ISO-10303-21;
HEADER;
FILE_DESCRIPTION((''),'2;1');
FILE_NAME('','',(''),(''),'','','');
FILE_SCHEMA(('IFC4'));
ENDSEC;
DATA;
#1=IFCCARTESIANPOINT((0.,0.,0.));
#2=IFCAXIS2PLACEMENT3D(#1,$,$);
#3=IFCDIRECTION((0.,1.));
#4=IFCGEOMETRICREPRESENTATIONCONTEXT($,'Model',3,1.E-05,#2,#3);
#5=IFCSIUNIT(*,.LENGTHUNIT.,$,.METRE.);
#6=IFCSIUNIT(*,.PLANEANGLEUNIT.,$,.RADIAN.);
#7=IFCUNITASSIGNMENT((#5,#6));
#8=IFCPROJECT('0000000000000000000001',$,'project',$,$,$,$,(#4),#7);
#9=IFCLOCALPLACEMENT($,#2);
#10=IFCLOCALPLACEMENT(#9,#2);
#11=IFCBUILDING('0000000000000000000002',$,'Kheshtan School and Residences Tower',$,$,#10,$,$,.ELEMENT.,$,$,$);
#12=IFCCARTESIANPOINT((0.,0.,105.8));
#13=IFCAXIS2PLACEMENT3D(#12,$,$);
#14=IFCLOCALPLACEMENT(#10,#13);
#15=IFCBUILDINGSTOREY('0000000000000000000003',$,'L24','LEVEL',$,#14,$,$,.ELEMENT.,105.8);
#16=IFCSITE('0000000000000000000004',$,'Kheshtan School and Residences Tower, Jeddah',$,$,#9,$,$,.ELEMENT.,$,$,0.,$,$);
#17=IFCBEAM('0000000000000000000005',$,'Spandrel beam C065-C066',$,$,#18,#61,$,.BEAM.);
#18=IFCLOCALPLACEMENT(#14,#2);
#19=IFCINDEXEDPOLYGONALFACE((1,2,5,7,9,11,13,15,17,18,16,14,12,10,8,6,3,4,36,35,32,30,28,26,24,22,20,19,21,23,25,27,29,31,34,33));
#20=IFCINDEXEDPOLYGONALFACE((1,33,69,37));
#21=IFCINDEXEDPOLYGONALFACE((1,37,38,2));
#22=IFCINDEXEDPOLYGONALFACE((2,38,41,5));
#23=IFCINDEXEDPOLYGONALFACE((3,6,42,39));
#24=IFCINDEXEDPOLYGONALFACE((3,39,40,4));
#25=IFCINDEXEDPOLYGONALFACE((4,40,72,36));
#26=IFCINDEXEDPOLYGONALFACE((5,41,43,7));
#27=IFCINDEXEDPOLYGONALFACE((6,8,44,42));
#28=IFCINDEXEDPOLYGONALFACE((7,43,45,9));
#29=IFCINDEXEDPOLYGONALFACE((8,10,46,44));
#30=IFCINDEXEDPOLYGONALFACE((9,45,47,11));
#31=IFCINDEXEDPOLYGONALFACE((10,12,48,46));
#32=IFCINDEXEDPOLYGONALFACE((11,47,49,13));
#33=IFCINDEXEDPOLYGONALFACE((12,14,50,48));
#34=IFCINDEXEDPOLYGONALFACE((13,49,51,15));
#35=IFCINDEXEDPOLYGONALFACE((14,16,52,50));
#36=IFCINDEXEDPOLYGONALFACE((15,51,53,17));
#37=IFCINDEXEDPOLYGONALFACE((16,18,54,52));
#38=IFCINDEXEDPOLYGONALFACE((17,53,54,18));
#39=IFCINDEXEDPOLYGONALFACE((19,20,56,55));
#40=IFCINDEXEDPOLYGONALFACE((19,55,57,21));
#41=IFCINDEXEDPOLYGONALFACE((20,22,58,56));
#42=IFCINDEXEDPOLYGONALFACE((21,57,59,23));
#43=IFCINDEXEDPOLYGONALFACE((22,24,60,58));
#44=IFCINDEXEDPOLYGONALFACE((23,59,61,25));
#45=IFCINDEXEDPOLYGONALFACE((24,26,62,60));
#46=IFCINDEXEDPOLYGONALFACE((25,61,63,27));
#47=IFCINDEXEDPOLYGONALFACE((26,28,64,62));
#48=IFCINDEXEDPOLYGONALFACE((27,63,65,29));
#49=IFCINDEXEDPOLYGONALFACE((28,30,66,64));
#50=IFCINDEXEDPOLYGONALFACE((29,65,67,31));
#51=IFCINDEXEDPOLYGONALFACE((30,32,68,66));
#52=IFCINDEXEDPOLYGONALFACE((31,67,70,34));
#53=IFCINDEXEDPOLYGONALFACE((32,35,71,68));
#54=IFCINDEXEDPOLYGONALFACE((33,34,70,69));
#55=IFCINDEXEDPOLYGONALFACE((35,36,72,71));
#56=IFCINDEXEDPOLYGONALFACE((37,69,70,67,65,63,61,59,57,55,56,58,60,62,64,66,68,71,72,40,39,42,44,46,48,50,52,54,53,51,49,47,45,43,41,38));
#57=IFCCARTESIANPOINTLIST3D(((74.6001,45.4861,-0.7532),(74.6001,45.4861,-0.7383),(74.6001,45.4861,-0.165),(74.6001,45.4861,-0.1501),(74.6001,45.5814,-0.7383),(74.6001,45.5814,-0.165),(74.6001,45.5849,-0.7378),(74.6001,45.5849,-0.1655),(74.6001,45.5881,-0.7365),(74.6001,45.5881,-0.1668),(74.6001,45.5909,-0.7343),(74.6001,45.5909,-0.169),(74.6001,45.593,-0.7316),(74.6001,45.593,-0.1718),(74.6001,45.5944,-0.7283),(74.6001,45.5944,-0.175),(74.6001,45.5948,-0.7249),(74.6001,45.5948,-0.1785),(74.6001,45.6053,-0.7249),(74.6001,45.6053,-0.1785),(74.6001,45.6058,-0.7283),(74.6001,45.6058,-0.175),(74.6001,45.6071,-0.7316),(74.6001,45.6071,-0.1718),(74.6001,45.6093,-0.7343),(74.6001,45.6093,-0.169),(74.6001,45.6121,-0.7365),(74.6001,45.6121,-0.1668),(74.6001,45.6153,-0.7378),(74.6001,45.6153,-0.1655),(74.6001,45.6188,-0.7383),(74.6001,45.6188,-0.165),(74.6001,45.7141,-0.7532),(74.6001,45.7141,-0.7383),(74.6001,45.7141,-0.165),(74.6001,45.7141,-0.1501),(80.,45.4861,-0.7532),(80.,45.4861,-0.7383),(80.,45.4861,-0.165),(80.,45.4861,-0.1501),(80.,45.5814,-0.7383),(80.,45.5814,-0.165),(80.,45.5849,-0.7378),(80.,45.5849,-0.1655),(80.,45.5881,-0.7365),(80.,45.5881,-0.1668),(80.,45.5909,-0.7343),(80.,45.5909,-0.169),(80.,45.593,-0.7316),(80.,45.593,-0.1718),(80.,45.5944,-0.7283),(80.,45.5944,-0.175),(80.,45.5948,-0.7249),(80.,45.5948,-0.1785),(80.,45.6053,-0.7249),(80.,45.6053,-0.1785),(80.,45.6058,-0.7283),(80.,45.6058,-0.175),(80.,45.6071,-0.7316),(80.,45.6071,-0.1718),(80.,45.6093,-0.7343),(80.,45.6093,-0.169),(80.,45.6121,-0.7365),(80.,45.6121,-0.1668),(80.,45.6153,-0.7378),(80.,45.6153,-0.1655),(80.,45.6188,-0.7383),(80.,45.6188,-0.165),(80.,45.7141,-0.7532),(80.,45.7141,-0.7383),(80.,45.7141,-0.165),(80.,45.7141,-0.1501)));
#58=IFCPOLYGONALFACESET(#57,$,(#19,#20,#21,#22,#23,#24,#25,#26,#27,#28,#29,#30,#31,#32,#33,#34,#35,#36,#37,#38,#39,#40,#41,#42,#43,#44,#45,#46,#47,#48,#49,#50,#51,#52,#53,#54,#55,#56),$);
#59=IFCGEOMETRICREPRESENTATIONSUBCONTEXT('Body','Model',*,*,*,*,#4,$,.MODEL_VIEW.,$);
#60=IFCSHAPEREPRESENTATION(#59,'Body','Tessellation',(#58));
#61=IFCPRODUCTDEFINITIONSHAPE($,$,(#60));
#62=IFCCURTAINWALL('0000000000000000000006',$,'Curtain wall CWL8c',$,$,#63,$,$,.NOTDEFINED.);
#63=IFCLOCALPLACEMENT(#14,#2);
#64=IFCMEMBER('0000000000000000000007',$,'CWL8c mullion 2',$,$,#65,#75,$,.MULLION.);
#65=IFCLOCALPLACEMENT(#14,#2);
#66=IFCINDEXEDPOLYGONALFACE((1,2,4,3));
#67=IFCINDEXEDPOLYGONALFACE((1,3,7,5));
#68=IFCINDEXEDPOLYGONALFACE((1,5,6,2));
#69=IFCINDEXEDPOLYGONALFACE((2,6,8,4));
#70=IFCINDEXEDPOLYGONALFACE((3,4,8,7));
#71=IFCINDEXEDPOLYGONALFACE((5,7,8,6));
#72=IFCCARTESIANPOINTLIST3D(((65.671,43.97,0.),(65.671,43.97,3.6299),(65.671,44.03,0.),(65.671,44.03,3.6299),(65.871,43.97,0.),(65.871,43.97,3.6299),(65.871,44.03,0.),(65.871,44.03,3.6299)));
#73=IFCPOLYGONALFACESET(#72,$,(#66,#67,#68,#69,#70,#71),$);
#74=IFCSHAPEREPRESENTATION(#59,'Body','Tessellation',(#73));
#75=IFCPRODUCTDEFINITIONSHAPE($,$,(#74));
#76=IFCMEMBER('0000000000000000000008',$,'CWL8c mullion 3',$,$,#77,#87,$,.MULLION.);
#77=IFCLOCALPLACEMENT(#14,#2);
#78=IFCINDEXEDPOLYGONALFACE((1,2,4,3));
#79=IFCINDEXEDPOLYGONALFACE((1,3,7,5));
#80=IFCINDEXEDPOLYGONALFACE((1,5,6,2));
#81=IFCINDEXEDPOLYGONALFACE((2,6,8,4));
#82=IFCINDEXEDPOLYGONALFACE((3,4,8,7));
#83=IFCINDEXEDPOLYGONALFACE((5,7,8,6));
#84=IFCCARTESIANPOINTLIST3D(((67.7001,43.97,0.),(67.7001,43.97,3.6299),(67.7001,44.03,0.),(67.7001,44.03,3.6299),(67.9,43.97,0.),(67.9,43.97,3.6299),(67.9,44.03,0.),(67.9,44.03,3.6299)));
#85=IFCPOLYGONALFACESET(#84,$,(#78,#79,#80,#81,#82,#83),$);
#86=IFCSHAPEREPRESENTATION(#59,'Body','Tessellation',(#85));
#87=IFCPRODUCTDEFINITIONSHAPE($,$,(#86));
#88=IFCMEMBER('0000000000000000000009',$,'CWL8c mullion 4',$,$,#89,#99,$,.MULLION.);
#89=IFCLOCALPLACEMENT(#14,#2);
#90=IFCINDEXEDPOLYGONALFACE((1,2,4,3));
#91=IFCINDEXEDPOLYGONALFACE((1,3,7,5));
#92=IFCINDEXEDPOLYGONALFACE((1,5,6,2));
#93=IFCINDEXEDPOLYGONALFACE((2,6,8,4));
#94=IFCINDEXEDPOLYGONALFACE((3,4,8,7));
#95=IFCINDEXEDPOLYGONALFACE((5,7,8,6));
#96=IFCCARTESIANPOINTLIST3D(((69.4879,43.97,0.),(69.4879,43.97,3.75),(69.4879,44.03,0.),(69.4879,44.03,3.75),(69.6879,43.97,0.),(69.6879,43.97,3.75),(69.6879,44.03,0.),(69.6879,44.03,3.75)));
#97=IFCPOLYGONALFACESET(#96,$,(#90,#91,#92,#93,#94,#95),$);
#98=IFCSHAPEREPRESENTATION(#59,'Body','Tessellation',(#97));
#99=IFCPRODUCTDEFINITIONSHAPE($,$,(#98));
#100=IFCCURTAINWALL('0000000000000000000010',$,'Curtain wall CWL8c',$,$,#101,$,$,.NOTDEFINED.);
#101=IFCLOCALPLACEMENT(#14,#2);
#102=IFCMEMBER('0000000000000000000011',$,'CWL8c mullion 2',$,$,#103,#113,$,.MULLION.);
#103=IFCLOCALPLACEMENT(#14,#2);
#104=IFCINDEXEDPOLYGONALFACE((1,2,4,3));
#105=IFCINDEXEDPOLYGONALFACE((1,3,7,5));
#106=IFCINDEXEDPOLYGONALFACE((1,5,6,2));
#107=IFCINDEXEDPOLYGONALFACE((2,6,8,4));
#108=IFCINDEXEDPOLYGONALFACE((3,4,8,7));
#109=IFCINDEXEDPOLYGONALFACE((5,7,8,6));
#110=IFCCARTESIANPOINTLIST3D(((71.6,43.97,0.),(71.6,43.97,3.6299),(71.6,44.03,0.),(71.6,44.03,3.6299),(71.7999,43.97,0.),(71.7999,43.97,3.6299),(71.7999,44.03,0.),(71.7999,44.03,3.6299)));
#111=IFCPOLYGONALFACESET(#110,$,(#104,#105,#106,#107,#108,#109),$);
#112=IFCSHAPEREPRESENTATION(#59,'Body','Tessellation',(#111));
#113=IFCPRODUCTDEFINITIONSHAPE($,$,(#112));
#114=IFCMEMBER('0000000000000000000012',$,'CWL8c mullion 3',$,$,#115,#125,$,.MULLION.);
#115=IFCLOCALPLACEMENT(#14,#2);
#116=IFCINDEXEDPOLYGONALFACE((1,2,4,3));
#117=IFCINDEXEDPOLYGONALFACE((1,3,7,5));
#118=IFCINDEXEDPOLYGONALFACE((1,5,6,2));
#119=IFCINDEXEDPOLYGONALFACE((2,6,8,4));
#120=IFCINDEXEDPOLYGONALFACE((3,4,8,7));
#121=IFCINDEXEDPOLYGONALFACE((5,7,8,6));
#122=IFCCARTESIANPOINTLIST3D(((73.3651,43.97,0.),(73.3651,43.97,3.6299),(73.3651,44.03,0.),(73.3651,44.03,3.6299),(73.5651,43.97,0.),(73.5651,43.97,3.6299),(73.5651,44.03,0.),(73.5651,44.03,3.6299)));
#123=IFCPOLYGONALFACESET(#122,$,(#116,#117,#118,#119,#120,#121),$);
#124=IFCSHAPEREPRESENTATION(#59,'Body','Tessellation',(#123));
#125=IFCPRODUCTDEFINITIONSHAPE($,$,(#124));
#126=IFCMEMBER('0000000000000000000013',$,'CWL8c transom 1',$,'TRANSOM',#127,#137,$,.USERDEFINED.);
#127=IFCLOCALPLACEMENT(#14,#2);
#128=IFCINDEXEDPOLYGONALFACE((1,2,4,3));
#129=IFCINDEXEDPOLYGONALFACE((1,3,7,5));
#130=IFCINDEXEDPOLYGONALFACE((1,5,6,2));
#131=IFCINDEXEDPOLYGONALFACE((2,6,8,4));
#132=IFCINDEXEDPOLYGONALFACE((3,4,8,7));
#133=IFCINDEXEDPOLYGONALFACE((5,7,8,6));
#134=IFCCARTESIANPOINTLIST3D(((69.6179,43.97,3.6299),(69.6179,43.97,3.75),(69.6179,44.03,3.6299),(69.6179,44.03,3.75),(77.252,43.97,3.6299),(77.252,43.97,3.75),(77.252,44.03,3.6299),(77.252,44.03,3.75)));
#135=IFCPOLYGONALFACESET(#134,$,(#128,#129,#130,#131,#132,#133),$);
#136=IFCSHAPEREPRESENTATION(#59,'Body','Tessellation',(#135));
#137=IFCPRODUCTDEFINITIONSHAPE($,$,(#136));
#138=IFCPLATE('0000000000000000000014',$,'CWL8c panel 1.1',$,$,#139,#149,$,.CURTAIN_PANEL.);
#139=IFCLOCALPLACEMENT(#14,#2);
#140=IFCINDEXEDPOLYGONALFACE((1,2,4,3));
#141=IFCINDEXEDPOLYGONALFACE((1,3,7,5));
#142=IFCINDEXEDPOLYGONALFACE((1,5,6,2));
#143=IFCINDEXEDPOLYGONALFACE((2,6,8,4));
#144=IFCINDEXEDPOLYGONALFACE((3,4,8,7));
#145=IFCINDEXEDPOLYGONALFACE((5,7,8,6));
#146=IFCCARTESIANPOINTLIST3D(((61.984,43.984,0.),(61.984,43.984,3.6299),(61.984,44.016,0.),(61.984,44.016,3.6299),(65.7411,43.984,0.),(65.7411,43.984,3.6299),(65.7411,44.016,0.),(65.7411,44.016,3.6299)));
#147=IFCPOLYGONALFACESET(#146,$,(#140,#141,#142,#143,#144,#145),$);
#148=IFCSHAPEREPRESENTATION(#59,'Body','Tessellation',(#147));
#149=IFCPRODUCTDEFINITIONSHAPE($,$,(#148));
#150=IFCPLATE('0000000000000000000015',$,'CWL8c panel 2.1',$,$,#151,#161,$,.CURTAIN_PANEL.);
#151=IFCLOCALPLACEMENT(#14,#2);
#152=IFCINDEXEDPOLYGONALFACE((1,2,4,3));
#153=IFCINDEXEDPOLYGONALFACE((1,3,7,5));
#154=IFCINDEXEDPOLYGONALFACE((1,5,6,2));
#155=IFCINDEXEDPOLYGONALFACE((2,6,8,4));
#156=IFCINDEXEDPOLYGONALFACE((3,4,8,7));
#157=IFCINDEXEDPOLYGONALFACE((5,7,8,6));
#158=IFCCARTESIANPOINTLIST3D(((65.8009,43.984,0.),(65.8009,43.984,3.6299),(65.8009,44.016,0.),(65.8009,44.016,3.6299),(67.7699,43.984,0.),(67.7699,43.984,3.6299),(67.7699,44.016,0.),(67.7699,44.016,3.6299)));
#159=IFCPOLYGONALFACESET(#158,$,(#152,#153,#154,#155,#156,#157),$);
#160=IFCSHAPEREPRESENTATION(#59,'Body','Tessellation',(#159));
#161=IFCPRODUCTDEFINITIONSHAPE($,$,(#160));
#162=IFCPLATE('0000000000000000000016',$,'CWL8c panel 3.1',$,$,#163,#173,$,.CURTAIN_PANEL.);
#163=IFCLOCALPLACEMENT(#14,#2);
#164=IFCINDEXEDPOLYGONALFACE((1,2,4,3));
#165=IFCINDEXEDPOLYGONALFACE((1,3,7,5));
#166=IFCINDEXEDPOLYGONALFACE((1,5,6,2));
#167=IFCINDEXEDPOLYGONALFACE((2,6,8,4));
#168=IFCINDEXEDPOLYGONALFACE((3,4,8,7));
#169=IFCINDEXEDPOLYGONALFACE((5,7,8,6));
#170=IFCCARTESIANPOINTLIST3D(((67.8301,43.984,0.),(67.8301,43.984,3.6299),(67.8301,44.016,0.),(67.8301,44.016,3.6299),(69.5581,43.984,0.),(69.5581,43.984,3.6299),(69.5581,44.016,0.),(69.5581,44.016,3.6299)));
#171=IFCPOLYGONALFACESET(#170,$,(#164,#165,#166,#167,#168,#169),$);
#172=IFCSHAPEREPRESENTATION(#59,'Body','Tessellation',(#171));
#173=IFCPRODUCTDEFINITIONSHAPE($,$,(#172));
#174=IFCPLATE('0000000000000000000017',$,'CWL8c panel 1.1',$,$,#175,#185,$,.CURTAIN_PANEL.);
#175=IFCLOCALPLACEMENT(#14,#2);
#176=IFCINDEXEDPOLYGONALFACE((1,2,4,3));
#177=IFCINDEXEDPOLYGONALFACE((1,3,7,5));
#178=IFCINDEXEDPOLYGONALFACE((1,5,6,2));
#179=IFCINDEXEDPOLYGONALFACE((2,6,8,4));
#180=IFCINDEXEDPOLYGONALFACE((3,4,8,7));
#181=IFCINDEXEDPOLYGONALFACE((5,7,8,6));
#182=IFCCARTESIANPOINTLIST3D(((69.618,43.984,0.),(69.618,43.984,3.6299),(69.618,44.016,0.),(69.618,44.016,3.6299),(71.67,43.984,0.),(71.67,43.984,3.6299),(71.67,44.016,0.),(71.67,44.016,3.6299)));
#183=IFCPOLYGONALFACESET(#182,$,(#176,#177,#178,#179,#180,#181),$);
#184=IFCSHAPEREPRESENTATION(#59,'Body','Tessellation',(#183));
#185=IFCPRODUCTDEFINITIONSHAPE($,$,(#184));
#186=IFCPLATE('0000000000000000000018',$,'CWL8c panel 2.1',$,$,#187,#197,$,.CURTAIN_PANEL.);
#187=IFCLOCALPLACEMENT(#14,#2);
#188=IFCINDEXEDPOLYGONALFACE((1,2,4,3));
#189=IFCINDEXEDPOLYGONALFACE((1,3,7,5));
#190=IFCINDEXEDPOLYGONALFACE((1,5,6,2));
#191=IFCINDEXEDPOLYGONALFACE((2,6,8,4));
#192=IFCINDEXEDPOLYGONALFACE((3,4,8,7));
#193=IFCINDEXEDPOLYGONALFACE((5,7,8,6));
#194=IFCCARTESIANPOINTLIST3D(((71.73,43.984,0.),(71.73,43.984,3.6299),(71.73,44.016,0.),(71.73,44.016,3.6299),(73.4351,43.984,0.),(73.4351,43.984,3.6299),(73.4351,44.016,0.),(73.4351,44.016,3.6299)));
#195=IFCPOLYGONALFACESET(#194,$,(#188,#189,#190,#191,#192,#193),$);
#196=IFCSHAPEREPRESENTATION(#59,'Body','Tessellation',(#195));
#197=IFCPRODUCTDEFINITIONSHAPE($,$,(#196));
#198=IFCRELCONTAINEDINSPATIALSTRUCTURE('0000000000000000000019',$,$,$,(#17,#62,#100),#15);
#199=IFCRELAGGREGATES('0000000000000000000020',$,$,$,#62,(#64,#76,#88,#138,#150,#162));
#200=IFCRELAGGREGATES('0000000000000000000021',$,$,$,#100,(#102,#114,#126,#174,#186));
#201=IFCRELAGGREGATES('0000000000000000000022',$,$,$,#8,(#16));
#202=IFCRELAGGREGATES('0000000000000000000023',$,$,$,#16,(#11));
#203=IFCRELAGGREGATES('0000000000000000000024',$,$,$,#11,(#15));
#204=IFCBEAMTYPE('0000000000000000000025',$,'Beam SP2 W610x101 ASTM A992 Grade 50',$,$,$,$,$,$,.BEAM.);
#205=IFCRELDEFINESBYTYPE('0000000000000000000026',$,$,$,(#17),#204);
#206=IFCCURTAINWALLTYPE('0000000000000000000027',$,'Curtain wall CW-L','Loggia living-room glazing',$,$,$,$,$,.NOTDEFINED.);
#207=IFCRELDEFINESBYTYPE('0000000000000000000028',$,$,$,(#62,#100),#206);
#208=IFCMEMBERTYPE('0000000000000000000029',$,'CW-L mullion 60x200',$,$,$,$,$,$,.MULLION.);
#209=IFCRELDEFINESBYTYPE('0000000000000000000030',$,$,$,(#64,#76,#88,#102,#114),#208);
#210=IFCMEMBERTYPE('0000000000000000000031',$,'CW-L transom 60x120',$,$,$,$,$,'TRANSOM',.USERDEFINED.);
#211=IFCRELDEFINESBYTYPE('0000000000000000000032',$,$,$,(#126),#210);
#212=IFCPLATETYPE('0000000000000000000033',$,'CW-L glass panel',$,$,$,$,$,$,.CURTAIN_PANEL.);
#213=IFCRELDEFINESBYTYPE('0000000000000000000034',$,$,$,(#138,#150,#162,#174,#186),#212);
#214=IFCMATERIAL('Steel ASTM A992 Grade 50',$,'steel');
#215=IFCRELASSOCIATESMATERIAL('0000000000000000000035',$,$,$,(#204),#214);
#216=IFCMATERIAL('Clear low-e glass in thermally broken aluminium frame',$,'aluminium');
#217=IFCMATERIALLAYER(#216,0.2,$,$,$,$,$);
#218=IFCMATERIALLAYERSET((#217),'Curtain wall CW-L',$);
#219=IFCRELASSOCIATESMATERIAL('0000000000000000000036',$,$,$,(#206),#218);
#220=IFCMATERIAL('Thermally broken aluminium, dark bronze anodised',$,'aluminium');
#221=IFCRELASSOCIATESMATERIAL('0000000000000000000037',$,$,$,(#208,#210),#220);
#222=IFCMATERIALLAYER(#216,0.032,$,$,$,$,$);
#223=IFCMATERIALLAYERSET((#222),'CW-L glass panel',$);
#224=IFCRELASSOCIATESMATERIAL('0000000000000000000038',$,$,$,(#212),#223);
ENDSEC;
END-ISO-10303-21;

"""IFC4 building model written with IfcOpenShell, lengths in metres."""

from ifc_helpers import new_model, si_unit, direction, frame, origin, origin_2d, place, context, subcontext, project, spatial, rectangle, i_section, extrude, material, layer, layer_set, material_profile, profile_set, type_object, element, aggregate, save


model = new_model("IFC4")

# Units and contexts
model_context = context("Model", 3, precision=1e-05, world=origin(), true_north=direction((0.0, 1.0)))
body_context = subcontext(model_context, "Body", "Model", "MODEL_VIEW")
ifc_project = project(units=[si_unit("LENGTHUNIT", "METRE"), si_unit("PLANEANGLEUNIT", "RADIAN")], contexts=[model_context])

# Site, building, storey
site_placement = place(None, origin())
site = spatial("IfcSite", under=ifc_project, at=site_placement, Name="Kheshtan School and Residences Tower, Jeddah", CompositionType="ELEMENT", RefElevation=0.0)
building_placement = place(site_placement, origin())
building = spatial("IfcBuilding", under=site, at=building_placement, Name="Kheshtan School and Residences Tower", CompositionType="ELEMENT")
storey_placement = place(building_placement, frame((0.0, 0.0, 105.8)))
storey = spatial("IfcBuildingStorey", under=building, at=storey_placement, Name="L24", Description="LEVEL", CompositionType="ELEMENT", Elevation=105.8)

# Shared definitions
ifc_material_1 = material(Name="Steel ASTM A992 Grade 50", Category="steel")

# Beam
ifc_material_profile_1 = material_profile(ifc_material_1, i_section(OverallWidth=0.228, OverallDepth=0.603, WebThickness=0.0105, FlangeThickness=0.0149, FilletRadius=0.0134, at=origin_2d()), Name="W610x101")
ifc_profile_set_1 = profile_set([ifc_material_profile_1], Name="Steel ASTM A992 Grade 50")
beam_type_1 = type_object("IfcBeamType", Name="Beam SP2 W610x101 ASTM A992 Grade 50", PredefinedType="BEAM", material=ifc_profile_set_1)
beam_1_placement = place(storey_placement, frame((74.6001, 45.6001, -0.4517), z_axis=(1.0, 0.0, 0.0), x_axis=(0.0, 1.0, 0.0)))
element("IfcBeam", 1, at=beam_1_placement, inside=storey, type_object=beam_type_1, Name="Spandrel beam C065-C066", PredefinedType="BEAM", context=body_context, shape_type="SweptSolid", body=[
    extrude(i_section(OverallWidth=0.228, OverallDepth=0.603, WebThickness=0.0105, FlangeThickness=0.0149, FilletRadius=0.0134, at=origin_2d()), origin(), (0.0, 0.0, 1.0), 5.3999),
])

# Curtain walls, members
ifc_material_2 = material(Name="Clear low-e glass in thermally broken aluminium frame", Category="aluminium")
ifc_layer_1 = layer(ifc_material_2, 0.2)
ifc_layer_set_1 = layer_set([ifc_layer_1], Name="Curtain wall CW-L")
curtain_wall_type = type_object("IfcCurtainWallType", Name="Curtain wall CW-L", Description="Loggia living-room glazing", PredefinedType="NOTDEFINED", material=ifc_layer_set_1)
curtain_wall_1_placement = place(storey_placement, origin())
curtain_wall_1 = element("IfcCurtainWall", 2, at=curtain_wall_1_placement, inside=storey, type_object=curtain_wall_type, Name="Curtain wall CWL8c", PredefinedType="NOTDEFINED")
ifc_material_3 = material(Name="Thermally broken aluminium, dark bronze anodised", Category="aluminium")
ifc_material_profile_2 = material_profile(ifc_material_3, rectangle(XDim=0.0601, YDim=0.2, at=origin_2d()), Name="CW-L mullion 60x200")
ifc_profile_set_2 = profile_set([ifc_material_profile_2], Name="Thermally broken aluminium, dark bronze anodised")
member_type_1 = type_object("IfcMemberType", Name="CW-L mullion 60x200", PredefinedType="MULLION", material=ifc_profile_set_2)
member_1_placement = place(storey_placement, frame((65.771, 44.0, 0.0), z_axis=(0.0, 0.0, 1.0), x_axis=(0.0, 1.0, 0.0)))
member_1 = element("IfcMember", 3, at=member_1_placement, type_object=member_type_1, Name="CWL8c mullion 2", PredefinedType="MULLION", context=body_context, shape_type="SweptSolid", body=[
    extrude(rectangle(XDim=0.0601, YDim=0.2, at=origin_2d()), origin(), (0.0, 0.0, 1.0), 3.6299),
])
member_2_placement = place(storey_placement, frame((67.8, 44.0, 0.0), z_axis=(0.0, 0.0, 1.0), x_axis=(0.0, 1.0, 0.0)))
member_2 = element("IfcMember", 4, at=member_2_placement, type_object=member_type_1, Name="CWL8c mullion 3", PredefinedType="MULLION", context=body_context, shape_type="SweptSolid", body=[
    extrude(rectangle(XDim=0.0601, YDim=0.2, at=origin_2d()), origin(), (0.0, 0.0, 1.0), 3.6299),
])
member_3_placement = place(storey_placement, frame((69.5879, 44.0, 0.0), z_axis=(0.0, 0.0, 1.0), x_axis=(0.0, 1.0, 0.0)))
member_3 = element("IfcMember", 5, at=member_3_placement, type_object=member_type_1, Name="CWL8c mullion 4", PredefinedType="MULLION", context=body_context, shape_type="SweptSolid", body=[
    extrude(rectangle(XDim=0.0601, YDim=0.2, at=origin_2d()), origin(), (0.0, 0.0, 1.0), 3.75),
])
curtain_wall_2_placement = place(storey_placement, origin())
curtain_wall_2 = element("IfcCurtainWall", 6, at=curtain_wall_2_placement, inside=storey, type_object=curtain_wall_type, Name="Curtain wall CWL8c", PredefinedType="NOTDEFINED")
member_4_placement = place(storey_placement, frame((71.7, 44.0, 0.0), z_axis=(0.0, 0.0, 1.0), x_axis=(0.0, 1.0, 0.0)))
member_4 = element("IfcMember", 7, at=member_4_placement, type_object=member_type_1, Name="CWL8c mullion 2", PredefinedType="MULLION", context=body_context, shape_type="SweptSolid", body=[
    extrude(rectangle(XDim=0.0601, YDim=0.2, at=origin_2d()), origin(), (0.0, 0.0, 1.0), 3.6299),
])
member_5_placement = place(storey_placement, frame((73.4651, 44.0, 0.0), z_axis=(0.0, 0.0, 1.0), x_axis=(0.0, 1.0, 0.0)))
member_5 = element("IfcMember", 8, at=member_5_placement, type_object=member_type_1, Name="CWL8c mullion 3", PredefinedType="MULLION", context=body_context, shape_type="SweptSolid", body=[
    extrude(rectangle(XDim=0.0601, YDim=0.2, at=origin_2d()), origin(), (0.0, 0.0, 1.0), 3.6299),
])
ifc_material_profile_3 = material_profile(ifc_material_3, rectangle(XDim=0.0601, YDim=0.1201, at=origin_2d()), Name="CW-L transom 60x120")
ifc_profile_set_3 = profile_set([ifc_material_profile_3], Name="Thermally broken aluminium, dark bronze anodised")
member_type_2 = type_object("IfcMemberType", Name="CW-L transom 60x120", ElementType="TRANSOM", PredefinedType="USERDEFINED", material=ifc_profile_set_3)
member_6_placement = place(storey_placement, frame((69.6179, 44.0, 3.6899), z_axis=(1.0, 0.0, 0.0), x_axis=(0.0, 1.0, 0.0)))
member_6 = element("IfcMember", 9, at=member_6_placement, type_object=member_type_2, Name="CWL8c transom 1", ObjectType="TRANSOM", PredefinedType="USERDEFINED", context=body_context, shape_type="SweptSolid", body=[
    extrude(rectangle(XDim=0.0601, YDim=0.1201, at=origin_2d()), origin(), (0.0, 0.0, 1.0), 7.634),
])

# Plates
ifc_layer_2 = layer(ifc_material_2, 0.032)
ifc_layer_set_2 = layer_set([ifc_layer_2], Name="CW-L glass panel")
plate_type = type_object("IfcPlateType", Name="CW-L glass panel", PredefinedType="CURTAIN_PANEL", material=ifc_layer_set_2)
plate_1_placement = place(storey_placement, frame((63.8625, 44.0, 0.0), z_axis=(0.0, 0.0, 1.0), x_axis=(1.0, 0.0, 0.0)))
plate_1 = element("IfcPlate", 10, at=plate_1_placement, type_object=plate_type, Name="CWL8c panel 1.1", PredefinedType="CURTAIN_PANEL", context=body_context, shape_type="SweptSolid", body=[
    extrude(rectangle(XDim=3.7571, YDim=0.032, at=origin_2d()), origin(), (0.0, 0.0, 1.0), 3.6299),
])
plate_2_placement = place(storey_placement, frame((66.7854, 44.0, 0.0), z_axis=(0.0, 0.0, 1.0), x_axis=(1.0, 0.0, 0.0)))
plate_2 = element("IfcPlate", 11, at=plate_2_placement, type_object=plate_type, Name="CWL8c panel 2.1", PredefinedType="CURTAIN_PANEL", context=body_context, shape_type="SweptSolid", body=[
    extrude(rectangle(XDim=1.969, YDim=0.032, at=origin_2d()), origin(), (0.0, 0.0, 1.0), 3.6299),
])
plate_3_placement = place(storey_placement, frame((68.6941, 44.0, 0.0), z_axis=(0.0, 0.0, 1.0), x_axis=(1.0, 0.0, 0.0)))
plate_3 = element("IfcPlate", 12, at=plate_3_placement, type_object=plate_type, Name="CWL8c panel 3.1", PredefinedType="CURTAIN_PANEL", context=body_context, shape_type="SweptSolid", body=[
    extrude(rectangle(XDim=1.728, YDim=0.032, at=origin_2d()), origin(), (0.0, 0.0, 1.0), 3.6299),
])
aggregate(curtain_wall_1, [member_1, member_2, member_3, plate_1, plate_2, plate_3])
plate_4_placement = place(storey_placement, frame((70.644, 44.0, 0.0), z_axis=(0.0, 0.0, 1.0), x_axis=(1.0, 0.0, 0.0)))
plate_4 = element("IfcPlate", 13, at=plate_4_placement, type_object=plate_type, Name="CWL8c panel 1.1", PredefinedType="CURTAIN_PANEL", context=body_context, shape_type="SweptSolid", body=[
    extrude(rectangle(XDim=2.052, YDim=0.032, at=origin_2d()), origin(), (0.0, 0.0, 1.0), 3.6299),
])
plate_5_placement = place(storey_placement, frame((72.5825, 44.0, 0.0), z_axis=(0.0, 0.0, 1.0), x_axis=(1.0, 0.0, 0.0)))
plate_5 = element("IfcPlate", 14, at=plate_5_placement, type_object=plate_type, Name="CWL8c panel 2.1", PredefinedType="CURTAIN_PANEL", context=body_context, shape_type="SweptSolid", body=[
    extrude(rectangle(XDim=1.7051, YDim=0.032, at=origin_2d()), origin(), (0.0, 0.0, 1.0), 3.6299),
])
aggregate(curtain_wall_2, [member_4, member_5, member_6, plate_4, plate_5])

save(model, "model.ifc")
